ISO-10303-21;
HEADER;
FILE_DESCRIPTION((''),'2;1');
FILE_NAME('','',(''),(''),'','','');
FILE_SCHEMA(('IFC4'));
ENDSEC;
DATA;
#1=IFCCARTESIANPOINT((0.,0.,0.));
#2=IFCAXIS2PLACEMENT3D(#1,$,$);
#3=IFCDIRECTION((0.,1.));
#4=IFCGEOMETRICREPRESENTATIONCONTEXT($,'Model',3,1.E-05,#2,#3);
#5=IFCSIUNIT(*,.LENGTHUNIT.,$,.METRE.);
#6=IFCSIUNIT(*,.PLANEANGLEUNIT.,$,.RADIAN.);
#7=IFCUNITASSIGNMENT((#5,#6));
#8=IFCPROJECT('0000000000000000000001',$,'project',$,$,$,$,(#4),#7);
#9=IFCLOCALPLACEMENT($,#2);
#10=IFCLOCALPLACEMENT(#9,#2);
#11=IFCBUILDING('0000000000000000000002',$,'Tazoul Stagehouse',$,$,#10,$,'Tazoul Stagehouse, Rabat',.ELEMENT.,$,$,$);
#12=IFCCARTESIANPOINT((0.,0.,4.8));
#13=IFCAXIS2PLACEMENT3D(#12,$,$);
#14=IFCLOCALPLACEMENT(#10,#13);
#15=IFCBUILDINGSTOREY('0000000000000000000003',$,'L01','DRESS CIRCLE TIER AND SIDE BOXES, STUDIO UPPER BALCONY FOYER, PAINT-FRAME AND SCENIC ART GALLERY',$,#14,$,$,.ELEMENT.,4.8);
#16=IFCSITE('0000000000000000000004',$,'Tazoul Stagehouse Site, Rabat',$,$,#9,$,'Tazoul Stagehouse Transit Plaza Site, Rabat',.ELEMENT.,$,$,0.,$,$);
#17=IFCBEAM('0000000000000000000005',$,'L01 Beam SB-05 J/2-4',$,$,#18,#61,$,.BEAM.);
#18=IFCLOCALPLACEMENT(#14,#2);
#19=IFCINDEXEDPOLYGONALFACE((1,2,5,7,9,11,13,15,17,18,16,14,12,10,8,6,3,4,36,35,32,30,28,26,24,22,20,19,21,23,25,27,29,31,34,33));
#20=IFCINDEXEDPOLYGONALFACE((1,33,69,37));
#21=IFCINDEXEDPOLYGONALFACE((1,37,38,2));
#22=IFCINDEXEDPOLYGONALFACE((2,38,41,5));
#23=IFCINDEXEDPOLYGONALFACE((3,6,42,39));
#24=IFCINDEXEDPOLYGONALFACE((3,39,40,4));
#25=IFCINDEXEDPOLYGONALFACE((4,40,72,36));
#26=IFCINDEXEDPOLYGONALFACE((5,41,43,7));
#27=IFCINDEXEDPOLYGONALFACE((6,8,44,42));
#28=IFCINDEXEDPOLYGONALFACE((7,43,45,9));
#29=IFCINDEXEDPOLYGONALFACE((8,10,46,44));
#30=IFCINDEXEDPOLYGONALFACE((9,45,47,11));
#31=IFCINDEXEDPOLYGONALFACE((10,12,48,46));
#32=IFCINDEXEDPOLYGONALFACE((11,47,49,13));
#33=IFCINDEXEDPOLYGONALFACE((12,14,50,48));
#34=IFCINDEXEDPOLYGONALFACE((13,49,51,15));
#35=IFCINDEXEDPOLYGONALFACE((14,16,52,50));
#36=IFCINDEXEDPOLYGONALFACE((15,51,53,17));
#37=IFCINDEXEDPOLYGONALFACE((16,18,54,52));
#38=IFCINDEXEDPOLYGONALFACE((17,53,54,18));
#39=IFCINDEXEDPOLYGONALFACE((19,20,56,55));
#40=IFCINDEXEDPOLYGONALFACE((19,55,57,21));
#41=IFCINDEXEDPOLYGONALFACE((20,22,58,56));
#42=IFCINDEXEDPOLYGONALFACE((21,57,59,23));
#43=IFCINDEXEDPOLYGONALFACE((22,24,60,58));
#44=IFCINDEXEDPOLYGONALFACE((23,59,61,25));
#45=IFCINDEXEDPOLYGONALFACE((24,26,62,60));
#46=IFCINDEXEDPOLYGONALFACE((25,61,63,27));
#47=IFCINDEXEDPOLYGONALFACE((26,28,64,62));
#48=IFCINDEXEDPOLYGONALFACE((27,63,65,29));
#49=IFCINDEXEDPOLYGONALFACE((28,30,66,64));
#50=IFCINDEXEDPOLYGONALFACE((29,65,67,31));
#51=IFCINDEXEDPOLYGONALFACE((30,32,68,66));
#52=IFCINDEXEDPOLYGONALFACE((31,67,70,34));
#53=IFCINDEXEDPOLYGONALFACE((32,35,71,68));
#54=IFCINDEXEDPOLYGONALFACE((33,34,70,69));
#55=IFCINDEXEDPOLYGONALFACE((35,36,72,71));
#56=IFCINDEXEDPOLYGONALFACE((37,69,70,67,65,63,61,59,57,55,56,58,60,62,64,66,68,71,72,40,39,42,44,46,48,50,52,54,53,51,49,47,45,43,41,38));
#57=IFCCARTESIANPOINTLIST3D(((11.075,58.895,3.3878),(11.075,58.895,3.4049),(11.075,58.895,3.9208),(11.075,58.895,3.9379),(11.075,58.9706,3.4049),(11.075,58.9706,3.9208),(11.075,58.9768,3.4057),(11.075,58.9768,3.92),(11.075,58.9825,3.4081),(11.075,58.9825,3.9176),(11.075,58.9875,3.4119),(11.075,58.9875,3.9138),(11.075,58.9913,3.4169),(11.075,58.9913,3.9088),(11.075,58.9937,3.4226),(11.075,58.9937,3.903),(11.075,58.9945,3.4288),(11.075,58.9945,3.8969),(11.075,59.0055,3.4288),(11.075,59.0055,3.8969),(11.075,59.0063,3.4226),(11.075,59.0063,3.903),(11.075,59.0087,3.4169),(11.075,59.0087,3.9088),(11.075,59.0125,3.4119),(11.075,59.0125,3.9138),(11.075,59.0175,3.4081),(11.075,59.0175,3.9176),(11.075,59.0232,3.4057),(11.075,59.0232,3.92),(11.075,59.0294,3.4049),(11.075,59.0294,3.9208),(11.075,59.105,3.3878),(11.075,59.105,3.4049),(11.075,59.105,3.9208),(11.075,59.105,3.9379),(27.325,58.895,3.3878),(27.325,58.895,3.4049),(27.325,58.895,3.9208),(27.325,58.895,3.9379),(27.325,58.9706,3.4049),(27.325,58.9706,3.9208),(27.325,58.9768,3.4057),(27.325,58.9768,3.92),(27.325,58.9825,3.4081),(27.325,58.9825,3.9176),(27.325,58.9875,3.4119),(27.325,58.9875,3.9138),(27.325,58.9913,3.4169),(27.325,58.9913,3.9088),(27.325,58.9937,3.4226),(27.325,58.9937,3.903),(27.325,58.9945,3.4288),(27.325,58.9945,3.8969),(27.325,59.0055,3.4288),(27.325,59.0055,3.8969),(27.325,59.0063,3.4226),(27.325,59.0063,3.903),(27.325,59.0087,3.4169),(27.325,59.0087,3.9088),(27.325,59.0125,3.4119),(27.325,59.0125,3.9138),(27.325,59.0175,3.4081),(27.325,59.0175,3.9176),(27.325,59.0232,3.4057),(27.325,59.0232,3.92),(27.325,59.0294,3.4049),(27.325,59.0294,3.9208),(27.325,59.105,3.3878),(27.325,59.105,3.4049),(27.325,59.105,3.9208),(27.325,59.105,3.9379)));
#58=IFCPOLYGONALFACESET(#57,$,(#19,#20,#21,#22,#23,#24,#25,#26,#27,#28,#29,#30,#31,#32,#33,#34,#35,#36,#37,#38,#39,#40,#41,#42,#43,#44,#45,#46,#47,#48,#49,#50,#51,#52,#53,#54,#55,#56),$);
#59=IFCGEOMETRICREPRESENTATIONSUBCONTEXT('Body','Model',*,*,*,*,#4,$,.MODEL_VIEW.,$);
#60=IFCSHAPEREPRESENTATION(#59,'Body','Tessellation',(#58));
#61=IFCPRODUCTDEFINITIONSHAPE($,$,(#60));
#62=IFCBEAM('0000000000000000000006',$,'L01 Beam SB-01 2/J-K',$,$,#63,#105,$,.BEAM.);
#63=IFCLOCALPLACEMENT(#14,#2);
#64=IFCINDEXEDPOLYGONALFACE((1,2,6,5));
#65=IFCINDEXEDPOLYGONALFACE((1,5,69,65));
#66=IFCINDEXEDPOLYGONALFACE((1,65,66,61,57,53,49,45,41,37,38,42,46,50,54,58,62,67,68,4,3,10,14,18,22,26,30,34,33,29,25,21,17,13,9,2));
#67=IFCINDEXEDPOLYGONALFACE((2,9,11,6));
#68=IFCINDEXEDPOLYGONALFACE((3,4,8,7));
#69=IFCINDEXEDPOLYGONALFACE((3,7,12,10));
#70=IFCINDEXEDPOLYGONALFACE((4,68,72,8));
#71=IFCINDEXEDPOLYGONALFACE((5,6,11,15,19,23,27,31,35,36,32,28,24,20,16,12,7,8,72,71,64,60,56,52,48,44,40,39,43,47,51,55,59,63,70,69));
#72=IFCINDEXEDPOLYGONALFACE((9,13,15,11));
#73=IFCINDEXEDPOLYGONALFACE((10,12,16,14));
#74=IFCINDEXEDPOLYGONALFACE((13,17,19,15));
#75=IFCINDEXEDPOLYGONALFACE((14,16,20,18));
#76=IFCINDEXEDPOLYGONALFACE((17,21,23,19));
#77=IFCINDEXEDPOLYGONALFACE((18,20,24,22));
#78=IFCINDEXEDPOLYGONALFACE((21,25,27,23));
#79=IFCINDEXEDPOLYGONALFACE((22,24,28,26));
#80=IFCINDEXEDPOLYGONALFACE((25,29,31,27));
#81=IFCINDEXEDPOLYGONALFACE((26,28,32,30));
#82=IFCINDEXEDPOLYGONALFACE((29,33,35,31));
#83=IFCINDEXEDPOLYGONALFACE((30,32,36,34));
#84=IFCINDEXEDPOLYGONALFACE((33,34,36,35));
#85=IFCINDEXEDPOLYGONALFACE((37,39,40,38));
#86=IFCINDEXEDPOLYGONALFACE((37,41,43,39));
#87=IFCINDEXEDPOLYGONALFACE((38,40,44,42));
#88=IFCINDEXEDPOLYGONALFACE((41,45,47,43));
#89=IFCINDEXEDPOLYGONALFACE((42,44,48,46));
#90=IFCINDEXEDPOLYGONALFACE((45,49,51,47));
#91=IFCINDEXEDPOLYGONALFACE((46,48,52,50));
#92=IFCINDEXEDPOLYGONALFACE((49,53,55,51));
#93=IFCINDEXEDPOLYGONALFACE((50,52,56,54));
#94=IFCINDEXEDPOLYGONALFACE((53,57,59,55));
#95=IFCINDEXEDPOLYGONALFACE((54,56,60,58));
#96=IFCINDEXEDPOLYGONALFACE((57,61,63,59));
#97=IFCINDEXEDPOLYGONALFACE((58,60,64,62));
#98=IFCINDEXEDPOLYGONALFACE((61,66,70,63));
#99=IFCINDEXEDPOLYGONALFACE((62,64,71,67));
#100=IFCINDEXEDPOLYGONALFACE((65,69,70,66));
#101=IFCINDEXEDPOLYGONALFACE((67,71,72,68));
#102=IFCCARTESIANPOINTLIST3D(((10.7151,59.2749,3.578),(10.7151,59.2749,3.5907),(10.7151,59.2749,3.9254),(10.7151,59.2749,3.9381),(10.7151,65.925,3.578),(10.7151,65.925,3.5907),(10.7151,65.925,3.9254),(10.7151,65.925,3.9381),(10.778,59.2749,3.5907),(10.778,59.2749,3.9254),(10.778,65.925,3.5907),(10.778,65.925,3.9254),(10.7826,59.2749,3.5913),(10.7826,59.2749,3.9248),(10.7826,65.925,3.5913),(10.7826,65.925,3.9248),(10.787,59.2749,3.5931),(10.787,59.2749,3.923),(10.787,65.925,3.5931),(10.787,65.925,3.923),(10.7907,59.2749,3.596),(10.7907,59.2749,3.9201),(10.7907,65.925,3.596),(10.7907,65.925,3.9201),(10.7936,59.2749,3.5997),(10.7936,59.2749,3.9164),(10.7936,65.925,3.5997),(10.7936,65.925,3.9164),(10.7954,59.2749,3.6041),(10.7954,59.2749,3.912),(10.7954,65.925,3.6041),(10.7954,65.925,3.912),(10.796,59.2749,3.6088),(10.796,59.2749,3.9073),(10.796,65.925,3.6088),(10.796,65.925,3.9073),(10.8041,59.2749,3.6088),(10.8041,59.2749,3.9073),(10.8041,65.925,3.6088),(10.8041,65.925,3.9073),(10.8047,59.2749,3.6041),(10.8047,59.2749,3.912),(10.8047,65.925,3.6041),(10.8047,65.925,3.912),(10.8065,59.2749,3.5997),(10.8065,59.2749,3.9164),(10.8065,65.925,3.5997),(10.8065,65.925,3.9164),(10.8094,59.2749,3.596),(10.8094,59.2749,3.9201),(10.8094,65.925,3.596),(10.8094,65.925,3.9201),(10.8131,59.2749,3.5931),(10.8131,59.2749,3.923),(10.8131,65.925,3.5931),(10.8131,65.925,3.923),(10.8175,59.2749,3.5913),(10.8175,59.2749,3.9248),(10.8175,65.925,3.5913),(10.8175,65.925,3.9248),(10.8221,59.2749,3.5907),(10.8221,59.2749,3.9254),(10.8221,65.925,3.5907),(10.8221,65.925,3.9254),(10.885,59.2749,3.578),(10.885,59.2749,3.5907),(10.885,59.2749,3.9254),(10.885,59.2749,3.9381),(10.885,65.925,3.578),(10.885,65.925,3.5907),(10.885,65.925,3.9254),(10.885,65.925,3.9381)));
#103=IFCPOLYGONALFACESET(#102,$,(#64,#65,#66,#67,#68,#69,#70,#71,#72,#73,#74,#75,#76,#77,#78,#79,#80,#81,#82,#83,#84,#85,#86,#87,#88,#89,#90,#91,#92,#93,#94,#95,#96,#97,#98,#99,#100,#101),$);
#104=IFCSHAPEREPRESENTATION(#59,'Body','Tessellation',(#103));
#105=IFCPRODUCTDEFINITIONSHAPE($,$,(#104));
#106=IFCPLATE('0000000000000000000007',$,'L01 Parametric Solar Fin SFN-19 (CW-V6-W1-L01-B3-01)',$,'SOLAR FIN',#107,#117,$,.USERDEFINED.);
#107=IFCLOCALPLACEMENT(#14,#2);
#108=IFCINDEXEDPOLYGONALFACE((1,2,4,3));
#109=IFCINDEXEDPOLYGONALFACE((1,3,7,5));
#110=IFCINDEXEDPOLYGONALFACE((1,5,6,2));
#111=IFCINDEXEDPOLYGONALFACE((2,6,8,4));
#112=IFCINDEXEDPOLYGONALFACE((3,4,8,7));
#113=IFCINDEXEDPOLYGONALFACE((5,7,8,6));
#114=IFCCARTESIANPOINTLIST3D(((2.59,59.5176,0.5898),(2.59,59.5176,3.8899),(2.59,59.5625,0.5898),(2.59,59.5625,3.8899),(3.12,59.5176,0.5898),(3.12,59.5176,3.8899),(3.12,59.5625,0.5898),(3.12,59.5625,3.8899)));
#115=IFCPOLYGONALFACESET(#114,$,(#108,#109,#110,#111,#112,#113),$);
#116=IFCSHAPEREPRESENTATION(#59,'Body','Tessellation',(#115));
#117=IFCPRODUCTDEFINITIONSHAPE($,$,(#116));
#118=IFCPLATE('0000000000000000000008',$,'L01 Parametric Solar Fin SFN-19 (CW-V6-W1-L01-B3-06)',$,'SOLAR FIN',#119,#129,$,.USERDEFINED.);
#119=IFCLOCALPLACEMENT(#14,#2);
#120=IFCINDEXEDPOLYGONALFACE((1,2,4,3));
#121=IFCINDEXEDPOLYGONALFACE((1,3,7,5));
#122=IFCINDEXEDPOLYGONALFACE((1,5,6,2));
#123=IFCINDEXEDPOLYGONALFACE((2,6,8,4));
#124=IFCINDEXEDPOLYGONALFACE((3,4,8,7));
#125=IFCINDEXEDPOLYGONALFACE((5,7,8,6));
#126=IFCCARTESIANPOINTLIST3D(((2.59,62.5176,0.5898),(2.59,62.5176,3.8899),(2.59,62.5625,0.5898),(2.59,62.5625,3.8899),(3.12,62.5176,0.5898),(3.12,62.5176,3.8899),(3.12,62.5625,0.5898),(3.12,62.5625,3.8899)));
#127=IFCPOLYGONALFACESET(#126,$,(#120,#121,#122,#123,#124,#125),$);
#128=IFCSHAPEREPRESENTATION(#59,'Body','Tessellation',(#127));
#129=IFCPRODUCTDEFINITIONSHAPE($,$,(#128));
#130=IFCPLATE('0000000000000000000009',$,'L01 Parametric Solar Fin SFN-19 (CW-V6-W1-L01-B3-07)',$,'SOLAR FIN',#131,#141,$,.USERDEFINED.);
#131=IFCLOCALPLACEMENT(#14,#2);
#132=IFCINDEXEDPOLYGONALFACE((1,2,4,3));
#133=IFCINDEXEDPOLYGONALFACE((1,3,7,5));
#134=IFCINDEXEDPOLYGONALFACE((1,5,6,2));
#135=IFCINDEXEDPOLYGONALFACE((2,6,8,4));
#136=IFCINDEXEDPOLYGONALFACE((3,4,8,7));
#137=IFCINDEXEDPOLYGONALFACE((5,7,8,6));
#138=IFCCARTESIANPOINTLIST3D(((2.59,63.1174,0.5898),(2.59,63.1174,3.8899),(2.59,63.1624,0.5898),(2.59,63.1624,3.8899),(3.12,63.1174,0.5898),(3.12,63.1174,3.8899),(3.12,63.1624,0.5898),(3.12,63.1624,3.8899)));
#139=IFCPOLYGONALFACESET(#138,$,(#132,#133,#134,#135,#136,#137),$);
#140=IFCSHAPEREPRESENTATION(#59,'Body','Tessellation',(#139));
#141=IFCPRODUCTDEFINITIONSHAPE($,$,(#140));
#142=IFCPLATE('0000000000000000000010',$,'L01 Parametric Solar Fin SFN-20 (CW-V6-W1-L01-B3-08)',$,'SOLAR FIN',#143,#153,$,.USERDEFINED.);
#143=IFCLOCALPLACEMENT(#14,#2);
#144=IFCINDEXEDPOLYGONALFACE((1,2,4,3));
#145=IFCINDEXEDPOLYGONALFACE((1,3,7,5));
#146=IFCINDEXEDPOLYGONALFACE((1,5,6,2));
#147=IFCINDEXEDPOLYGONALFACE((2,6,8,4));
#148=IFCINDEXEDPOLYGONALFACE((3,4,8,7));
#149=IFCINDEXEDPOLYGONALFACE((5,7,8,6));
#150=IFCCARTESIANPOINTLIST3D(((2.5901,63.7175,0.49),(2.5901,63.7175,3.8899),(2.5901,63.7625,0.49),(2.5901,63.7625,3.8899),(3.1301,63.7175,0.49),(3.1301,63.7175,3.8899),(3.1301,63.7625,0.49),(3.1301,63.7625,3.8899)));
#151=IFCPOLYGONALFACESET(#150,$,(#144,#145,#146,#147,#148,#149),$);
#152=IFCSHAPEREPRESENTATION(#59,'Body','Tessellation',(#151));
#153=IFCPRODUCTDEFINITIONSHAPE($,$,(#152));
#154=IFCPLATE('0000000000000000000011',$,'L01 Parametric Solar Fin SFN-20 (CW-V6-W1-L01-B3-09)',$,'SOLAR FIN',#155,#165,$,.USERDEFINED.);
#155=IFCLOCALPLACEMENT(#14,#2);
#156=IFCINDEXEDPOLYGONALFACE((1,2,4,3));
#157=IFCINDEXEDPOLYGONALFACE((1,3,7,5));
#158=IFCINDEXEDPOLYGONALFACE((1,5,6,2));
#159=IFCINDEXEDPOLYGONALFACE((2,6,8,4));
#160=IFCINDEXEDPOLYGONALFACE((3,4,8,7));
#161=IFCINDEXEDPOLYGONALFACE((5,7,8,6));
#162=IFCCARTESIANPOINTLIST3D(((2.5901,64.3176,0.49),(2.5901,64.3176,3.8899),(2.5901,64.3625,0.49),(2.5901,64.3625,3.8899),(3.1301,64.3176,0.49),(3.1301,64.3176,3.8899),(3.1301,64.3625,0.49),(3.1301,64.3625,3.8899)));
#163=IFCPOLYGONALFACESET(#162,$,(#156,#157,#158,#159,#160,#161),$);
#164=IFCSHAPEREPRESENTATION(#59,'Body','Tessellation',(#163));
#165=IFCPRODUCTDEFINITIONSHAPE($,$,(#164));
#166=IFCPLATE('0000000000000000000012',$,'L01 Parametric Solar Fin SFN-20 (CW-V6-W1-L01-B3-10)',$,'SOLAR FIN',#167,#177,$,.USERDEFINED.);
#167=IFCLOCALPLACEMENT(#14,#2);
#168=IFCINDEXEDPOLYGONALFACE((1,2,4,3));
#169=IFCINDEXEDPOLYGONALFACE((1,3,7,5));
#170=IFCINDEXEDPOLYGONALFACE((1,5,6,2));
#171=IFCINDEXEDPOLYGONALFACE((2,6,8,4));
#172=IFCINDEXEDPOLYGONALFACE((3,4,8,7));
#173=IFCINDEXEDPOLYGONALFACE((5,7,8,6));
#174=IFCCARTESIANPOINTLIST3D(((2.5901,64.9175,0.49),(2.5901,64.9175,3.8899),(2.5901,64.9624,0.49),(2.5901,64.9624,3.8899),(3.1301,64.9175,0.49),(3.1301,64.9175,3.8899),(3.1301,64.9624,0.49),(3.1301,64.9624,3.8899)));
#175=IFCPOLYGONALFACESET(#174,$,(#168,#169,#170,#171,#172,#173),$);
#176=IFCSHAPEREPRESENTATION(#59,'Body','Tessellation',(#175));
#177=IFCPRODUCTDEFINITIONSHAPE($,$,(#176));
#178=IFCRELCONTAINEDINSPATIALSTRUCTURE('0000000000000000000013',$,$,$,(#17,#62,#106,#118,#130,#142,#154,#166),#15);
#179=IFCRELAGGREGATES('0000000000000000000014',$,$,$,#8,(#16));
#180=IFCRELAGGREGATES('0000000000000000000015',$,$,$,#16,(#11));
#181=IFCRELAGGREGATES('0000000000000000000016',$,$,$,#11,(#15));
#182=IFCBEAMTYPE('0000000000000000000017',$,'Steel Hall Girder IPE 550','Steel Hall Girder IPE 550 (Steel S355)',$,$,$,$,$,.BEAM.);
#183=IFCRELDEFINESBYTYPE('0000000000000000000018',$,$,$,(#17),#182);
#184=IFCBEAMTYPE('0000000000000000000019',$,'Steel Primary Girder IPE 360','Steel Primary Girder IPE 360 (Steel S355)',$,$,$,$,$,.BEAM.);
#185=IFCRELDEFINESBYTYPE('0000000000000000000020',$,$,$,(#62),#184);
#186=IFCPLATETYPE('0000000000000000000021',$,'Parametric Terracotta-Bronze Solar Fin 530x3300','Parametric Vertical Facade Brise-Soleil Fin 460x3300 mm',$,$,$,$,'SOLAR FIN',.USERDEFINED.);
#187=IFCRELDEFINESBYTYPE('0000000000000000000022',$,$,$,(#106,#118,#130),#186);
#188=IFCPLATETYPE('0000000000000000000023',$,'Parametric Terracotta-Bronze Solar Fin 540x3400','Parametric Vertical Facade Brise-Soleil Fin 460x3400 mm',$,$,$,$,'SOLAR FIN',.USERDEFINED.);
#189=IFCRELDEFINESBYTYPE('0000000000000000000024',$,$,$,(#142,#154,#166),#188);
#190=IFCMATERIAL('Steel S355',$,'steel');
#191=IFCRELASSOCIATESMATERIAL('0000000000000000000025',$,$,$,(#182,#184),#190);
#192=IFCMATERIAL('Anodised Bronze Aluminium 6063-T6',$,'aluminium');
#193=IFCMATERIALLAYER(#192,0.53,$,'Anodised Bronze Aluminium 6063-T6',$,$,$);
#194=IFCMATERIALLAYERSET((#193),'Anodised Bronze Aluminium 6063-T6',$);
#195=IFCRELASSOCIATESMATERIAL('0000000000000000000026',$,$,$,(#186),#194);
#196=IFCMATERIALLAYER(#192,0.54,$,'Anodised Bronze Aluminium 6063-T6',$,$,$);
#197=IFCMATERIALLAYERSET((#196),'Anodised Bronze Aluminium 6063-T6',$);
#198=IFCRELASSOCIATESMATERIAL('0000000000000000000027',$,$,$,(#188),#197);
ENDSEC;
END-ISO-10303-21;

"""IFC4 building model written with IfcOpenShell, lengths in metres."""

from ifc_helpers import new_model, si_unit, direction, frame, origin, origin_2d, place, context, subcontext, project, spatial, rectangle, i_section, extrude, material, layer, layer_set, material_profile, profile_set, type_object, element, save


model = new_model("IFC4")

# Units and contexts
model_context = context("Model", 3, precision=1e-05, world=origin(), true_north=direction((0.0, 1.0)))
body_context = subcontext(model_context, "Body", "Model", "MODEL_VIEW")
ifc_project = project(units=[si_unit("LENGTHUNIT", "METRE"), si_unit("PLANEANGLEUNIT", "RADIAN")], contexts=[model_context])

# Site, building, storey
site_placement = place(None, origin())
site = spatial("IfcSite", under=ifc_project, at=site_placement, Name="Tazoul Stagehouse Site, Rabat", LongName="Tazoul Stagehouse Transit Plaza Site, Rabat", CompositionType="ELEMENT", RefElevation=0.0)
building_placement = place(site_placement, origin())
building = spatial("IfcBuilding", under=site, at=building_placement, Name="Tazoul Stagehouse", LongName="Tazoul Stagehouse, Rabat", CompositionType="ELEMENT")
storey_placement = place(building_placement, frame((0.0, 0.0, 4.8)))
storey = spatial("IfcBuildingStorey", under=building, at=storey_placement, Name="L01", Description="DRESS CIRCLE TIER AND SIDE BOXES, STUDIO UPPER BALCONY FOYER, PAINT-FRAME AND SCENIC ART GALLERY", CompositionType="ELEMENT", Elevation=4.8)

# Beams
ifc_material_1 = material(Name="Steel S355", Category="steel")
ifc_material_profile_1 = material_profile(ifc_material_1, i_section(OverallWidth=0.21, OverallDepth=0.55, WebThickness=0.011, FlangeThickness=0.0171, FilletRadius=0.0239, at=origin_2d()), Name="IPE 550")
ifc_profile_set_1 = profile_set([ifc_material_profile_1], Name="Steel S355")
beam_type_1 = type_object("IfcBeamType", Name="Steel Hall Girder IPE 550", Description="Steel Hall Girder IPE 550 (Steel S355)", PredefinedType="BEAM", material=ifc_profile_set_1)
beam_1_placement = place(storey_placement, frame((11.075, 59.0, 3.6628), z_axis=(1.0, 0.0, 0.0), x_axis=(0.0, 1.0, 0.0)))
element("IfcBeam", 1, at=beam_1_placement, inside=storey, type_object=beam_type_1, Name="L01 Beam SB-05 J/2-4", PredefinedType="BEAM", context=body_context, shape_type="SweptSolid", body=[
    extrude(i_section(OverallWidth=0.21, OverallDepth=0.55, WebThickness=0.011, FlangeThickness=0.0171, FilletRadius=0.0239, at=origin_2d()), origin(), (0.0, 0.0, 1.0), 16.25),
])
ifc_material_profile_2 = material_profile(ifc_material_1, i_section(OverallWidth=0.1699, OverallDepth=0.3601, WebThickness=0.0081, FlangeThickness=0.0127, FilletRadius=0.0181, at=origin_2d()), Name="IPE 360")
ifc_profile_set_2 = profile_set([ifc_material_profile_2], Name="Steel S355")
beam_type_2 = type_object("IfcBeamType", Name="Steel Primary Girder IPE 360", Description="Steel Primary Girder IPE 360 (Steel S355)", PredefinedType="BEAM", material=ifc_profile_set_2)
beam_2_placement = place(storey_placement, frame((10.8, 59.2749, 3.7581), z_axis=(0.0, 1.0, 0.0), x_axis=(-1.0, 0.0, 0.0)))
element("IfcBeam", 2, at=beam_2_placement, inside=storey, type_object=beam_type_2, Name="L01 Beam SB-01 2/J-K", PredefinedType="BEAM", context=body_context, shape_type="SweptSolid", body=[
    extrude(i_section(OverallWidth=0.1699, OverallDepth=0.3601, WebThickness=0.0081, FlangeThickness=0.0127, FilletRadius=0.0181, at=origin_2d()), origin(), (0.0, 0.0, 1.0), 6.6501),
])

# Plates
ifc_material_2 = material(Name="Anodised Bronze Aluminium 6063-T6", Category="aluminium")
ifc_layer_1 = layer(ifc_material_2, 0.53, Name="Anodised Bronze Aluminium 6063-T6")
ifc_layer_set_1 = layer_set([ifc_layer_1], Name="Anodised Bronze Aluminium 6063-T6")
plate_type_1 = type_object("IfcPlateType", Name="Parametric Terracotta-Bronze Solar Fin 530x3300", Description="Parametric Vertical Facade Brise-Soleil Fin 460x3300 mm", ElementType="SOLAR FIN", PredefinedType="USERDEFINED", material=ifc_layer_set_1)
for number, where, z_axis, x_axis, name in (
    (3, (2.855, 59.54, 0.5898), (0.0, 0.0, 1.0), (0.0, 1.0, 0.0), "L01 Parametric Solar Fin SFN-19 (CW-V6-W1-L01-B3-01)"),
    (4, (2.855, 62.54, 0.5898), (0.0, 0.0, 1.0), (0.0, 1.0, 0.0), "L01 Parametric Solar Fin SFN-19 (CW-V6-W1-L01-B3-06)"),
    (5, (2.855, 63.1399, 0.5898), (0.0, 0.0, 1.0), (0.0, 1.0, 0.0), "L01 Parametric Solar Fin SFN-19 (CW-V6-W1-L01-B3-07)"),
):
    element("IfcPlate", number, at=place(storey_placement, frame(where, z_axis=z_axis, x_axis=x_axis)), inside=storey, type_object=plate_type_1, Name=name, ObjectType="SOLAR FIN", PredefinedType="USERDEFINED", context=body_context, shape_type="SweptSolid", body=[
        extrude(rectangle(XDim=0.0449, YDim=0.53, at=origin_2d()), origin(), (0.0, 0.0, 1.0), 3.3),
    ])
ifc_layer_2 = layer(ifc_material_2, 0.54, Name="Anodised Bronze Aluminium 6063-T6")
ifc_layer_set_2 = layer_set([ifc_layer_2], Name="Anodised Bronze Aluminium 6063-T6")
plate_type_2 = type_object("IfcPlateType", Name="Parametric Terracotta-Bronze Solar Fin 540x3400", Description="Parametric Vertical Facade Brise-Soleil Fin 460x3400 mm", ElementType="SOLAR FIN", PredefinedType="USERDEFINED", material=ifc_layer_set_2)
for number, where, z_axis, x_axis, name in (
    (6, (2.8601, 63.74, 0.49), (0.0, 0.0, 1.0), (0.0, 1.0, 0.0), "L01 Parametric Solar Fin SFN-20 (CW-V6-W1-L01-B3-08)"),
    (7, (2.8601, 64.3401, 0.49), (0.0, 0.0, 1.0), (0.0, 1.0, 0.0), "L01 Parametric Solar Fin SFN-20 (CW-V6-W1-L01-B3-09)"),
    (8, (2.8601, 64.9399, 0.49), (0.0, 0.0, 1.0), (0.0, 1.0, 0.0), "L01 Parametric Solar Fin SFN-20 (CW-V6-W1-L01-B3-10)"),
):
    element("IfcPlate", number, at=place(storey_placement, frame(where, z_axis=z_axis, x_axis=x_axis)), inside=storey, type_object=plate_type_2, Name=name, ObjectType="SOLAR FIN", PredefinedType="USERDEFINED", context=body_context, shape_type="SweptSolid", body=[
        extrude(rectangle(XDim=0.0449, YDim=0.54, at=origin_2d()), origin(), (0.0, 0.0, 1.0), 3.3999),
    ])

save(model, "model.ifc")
